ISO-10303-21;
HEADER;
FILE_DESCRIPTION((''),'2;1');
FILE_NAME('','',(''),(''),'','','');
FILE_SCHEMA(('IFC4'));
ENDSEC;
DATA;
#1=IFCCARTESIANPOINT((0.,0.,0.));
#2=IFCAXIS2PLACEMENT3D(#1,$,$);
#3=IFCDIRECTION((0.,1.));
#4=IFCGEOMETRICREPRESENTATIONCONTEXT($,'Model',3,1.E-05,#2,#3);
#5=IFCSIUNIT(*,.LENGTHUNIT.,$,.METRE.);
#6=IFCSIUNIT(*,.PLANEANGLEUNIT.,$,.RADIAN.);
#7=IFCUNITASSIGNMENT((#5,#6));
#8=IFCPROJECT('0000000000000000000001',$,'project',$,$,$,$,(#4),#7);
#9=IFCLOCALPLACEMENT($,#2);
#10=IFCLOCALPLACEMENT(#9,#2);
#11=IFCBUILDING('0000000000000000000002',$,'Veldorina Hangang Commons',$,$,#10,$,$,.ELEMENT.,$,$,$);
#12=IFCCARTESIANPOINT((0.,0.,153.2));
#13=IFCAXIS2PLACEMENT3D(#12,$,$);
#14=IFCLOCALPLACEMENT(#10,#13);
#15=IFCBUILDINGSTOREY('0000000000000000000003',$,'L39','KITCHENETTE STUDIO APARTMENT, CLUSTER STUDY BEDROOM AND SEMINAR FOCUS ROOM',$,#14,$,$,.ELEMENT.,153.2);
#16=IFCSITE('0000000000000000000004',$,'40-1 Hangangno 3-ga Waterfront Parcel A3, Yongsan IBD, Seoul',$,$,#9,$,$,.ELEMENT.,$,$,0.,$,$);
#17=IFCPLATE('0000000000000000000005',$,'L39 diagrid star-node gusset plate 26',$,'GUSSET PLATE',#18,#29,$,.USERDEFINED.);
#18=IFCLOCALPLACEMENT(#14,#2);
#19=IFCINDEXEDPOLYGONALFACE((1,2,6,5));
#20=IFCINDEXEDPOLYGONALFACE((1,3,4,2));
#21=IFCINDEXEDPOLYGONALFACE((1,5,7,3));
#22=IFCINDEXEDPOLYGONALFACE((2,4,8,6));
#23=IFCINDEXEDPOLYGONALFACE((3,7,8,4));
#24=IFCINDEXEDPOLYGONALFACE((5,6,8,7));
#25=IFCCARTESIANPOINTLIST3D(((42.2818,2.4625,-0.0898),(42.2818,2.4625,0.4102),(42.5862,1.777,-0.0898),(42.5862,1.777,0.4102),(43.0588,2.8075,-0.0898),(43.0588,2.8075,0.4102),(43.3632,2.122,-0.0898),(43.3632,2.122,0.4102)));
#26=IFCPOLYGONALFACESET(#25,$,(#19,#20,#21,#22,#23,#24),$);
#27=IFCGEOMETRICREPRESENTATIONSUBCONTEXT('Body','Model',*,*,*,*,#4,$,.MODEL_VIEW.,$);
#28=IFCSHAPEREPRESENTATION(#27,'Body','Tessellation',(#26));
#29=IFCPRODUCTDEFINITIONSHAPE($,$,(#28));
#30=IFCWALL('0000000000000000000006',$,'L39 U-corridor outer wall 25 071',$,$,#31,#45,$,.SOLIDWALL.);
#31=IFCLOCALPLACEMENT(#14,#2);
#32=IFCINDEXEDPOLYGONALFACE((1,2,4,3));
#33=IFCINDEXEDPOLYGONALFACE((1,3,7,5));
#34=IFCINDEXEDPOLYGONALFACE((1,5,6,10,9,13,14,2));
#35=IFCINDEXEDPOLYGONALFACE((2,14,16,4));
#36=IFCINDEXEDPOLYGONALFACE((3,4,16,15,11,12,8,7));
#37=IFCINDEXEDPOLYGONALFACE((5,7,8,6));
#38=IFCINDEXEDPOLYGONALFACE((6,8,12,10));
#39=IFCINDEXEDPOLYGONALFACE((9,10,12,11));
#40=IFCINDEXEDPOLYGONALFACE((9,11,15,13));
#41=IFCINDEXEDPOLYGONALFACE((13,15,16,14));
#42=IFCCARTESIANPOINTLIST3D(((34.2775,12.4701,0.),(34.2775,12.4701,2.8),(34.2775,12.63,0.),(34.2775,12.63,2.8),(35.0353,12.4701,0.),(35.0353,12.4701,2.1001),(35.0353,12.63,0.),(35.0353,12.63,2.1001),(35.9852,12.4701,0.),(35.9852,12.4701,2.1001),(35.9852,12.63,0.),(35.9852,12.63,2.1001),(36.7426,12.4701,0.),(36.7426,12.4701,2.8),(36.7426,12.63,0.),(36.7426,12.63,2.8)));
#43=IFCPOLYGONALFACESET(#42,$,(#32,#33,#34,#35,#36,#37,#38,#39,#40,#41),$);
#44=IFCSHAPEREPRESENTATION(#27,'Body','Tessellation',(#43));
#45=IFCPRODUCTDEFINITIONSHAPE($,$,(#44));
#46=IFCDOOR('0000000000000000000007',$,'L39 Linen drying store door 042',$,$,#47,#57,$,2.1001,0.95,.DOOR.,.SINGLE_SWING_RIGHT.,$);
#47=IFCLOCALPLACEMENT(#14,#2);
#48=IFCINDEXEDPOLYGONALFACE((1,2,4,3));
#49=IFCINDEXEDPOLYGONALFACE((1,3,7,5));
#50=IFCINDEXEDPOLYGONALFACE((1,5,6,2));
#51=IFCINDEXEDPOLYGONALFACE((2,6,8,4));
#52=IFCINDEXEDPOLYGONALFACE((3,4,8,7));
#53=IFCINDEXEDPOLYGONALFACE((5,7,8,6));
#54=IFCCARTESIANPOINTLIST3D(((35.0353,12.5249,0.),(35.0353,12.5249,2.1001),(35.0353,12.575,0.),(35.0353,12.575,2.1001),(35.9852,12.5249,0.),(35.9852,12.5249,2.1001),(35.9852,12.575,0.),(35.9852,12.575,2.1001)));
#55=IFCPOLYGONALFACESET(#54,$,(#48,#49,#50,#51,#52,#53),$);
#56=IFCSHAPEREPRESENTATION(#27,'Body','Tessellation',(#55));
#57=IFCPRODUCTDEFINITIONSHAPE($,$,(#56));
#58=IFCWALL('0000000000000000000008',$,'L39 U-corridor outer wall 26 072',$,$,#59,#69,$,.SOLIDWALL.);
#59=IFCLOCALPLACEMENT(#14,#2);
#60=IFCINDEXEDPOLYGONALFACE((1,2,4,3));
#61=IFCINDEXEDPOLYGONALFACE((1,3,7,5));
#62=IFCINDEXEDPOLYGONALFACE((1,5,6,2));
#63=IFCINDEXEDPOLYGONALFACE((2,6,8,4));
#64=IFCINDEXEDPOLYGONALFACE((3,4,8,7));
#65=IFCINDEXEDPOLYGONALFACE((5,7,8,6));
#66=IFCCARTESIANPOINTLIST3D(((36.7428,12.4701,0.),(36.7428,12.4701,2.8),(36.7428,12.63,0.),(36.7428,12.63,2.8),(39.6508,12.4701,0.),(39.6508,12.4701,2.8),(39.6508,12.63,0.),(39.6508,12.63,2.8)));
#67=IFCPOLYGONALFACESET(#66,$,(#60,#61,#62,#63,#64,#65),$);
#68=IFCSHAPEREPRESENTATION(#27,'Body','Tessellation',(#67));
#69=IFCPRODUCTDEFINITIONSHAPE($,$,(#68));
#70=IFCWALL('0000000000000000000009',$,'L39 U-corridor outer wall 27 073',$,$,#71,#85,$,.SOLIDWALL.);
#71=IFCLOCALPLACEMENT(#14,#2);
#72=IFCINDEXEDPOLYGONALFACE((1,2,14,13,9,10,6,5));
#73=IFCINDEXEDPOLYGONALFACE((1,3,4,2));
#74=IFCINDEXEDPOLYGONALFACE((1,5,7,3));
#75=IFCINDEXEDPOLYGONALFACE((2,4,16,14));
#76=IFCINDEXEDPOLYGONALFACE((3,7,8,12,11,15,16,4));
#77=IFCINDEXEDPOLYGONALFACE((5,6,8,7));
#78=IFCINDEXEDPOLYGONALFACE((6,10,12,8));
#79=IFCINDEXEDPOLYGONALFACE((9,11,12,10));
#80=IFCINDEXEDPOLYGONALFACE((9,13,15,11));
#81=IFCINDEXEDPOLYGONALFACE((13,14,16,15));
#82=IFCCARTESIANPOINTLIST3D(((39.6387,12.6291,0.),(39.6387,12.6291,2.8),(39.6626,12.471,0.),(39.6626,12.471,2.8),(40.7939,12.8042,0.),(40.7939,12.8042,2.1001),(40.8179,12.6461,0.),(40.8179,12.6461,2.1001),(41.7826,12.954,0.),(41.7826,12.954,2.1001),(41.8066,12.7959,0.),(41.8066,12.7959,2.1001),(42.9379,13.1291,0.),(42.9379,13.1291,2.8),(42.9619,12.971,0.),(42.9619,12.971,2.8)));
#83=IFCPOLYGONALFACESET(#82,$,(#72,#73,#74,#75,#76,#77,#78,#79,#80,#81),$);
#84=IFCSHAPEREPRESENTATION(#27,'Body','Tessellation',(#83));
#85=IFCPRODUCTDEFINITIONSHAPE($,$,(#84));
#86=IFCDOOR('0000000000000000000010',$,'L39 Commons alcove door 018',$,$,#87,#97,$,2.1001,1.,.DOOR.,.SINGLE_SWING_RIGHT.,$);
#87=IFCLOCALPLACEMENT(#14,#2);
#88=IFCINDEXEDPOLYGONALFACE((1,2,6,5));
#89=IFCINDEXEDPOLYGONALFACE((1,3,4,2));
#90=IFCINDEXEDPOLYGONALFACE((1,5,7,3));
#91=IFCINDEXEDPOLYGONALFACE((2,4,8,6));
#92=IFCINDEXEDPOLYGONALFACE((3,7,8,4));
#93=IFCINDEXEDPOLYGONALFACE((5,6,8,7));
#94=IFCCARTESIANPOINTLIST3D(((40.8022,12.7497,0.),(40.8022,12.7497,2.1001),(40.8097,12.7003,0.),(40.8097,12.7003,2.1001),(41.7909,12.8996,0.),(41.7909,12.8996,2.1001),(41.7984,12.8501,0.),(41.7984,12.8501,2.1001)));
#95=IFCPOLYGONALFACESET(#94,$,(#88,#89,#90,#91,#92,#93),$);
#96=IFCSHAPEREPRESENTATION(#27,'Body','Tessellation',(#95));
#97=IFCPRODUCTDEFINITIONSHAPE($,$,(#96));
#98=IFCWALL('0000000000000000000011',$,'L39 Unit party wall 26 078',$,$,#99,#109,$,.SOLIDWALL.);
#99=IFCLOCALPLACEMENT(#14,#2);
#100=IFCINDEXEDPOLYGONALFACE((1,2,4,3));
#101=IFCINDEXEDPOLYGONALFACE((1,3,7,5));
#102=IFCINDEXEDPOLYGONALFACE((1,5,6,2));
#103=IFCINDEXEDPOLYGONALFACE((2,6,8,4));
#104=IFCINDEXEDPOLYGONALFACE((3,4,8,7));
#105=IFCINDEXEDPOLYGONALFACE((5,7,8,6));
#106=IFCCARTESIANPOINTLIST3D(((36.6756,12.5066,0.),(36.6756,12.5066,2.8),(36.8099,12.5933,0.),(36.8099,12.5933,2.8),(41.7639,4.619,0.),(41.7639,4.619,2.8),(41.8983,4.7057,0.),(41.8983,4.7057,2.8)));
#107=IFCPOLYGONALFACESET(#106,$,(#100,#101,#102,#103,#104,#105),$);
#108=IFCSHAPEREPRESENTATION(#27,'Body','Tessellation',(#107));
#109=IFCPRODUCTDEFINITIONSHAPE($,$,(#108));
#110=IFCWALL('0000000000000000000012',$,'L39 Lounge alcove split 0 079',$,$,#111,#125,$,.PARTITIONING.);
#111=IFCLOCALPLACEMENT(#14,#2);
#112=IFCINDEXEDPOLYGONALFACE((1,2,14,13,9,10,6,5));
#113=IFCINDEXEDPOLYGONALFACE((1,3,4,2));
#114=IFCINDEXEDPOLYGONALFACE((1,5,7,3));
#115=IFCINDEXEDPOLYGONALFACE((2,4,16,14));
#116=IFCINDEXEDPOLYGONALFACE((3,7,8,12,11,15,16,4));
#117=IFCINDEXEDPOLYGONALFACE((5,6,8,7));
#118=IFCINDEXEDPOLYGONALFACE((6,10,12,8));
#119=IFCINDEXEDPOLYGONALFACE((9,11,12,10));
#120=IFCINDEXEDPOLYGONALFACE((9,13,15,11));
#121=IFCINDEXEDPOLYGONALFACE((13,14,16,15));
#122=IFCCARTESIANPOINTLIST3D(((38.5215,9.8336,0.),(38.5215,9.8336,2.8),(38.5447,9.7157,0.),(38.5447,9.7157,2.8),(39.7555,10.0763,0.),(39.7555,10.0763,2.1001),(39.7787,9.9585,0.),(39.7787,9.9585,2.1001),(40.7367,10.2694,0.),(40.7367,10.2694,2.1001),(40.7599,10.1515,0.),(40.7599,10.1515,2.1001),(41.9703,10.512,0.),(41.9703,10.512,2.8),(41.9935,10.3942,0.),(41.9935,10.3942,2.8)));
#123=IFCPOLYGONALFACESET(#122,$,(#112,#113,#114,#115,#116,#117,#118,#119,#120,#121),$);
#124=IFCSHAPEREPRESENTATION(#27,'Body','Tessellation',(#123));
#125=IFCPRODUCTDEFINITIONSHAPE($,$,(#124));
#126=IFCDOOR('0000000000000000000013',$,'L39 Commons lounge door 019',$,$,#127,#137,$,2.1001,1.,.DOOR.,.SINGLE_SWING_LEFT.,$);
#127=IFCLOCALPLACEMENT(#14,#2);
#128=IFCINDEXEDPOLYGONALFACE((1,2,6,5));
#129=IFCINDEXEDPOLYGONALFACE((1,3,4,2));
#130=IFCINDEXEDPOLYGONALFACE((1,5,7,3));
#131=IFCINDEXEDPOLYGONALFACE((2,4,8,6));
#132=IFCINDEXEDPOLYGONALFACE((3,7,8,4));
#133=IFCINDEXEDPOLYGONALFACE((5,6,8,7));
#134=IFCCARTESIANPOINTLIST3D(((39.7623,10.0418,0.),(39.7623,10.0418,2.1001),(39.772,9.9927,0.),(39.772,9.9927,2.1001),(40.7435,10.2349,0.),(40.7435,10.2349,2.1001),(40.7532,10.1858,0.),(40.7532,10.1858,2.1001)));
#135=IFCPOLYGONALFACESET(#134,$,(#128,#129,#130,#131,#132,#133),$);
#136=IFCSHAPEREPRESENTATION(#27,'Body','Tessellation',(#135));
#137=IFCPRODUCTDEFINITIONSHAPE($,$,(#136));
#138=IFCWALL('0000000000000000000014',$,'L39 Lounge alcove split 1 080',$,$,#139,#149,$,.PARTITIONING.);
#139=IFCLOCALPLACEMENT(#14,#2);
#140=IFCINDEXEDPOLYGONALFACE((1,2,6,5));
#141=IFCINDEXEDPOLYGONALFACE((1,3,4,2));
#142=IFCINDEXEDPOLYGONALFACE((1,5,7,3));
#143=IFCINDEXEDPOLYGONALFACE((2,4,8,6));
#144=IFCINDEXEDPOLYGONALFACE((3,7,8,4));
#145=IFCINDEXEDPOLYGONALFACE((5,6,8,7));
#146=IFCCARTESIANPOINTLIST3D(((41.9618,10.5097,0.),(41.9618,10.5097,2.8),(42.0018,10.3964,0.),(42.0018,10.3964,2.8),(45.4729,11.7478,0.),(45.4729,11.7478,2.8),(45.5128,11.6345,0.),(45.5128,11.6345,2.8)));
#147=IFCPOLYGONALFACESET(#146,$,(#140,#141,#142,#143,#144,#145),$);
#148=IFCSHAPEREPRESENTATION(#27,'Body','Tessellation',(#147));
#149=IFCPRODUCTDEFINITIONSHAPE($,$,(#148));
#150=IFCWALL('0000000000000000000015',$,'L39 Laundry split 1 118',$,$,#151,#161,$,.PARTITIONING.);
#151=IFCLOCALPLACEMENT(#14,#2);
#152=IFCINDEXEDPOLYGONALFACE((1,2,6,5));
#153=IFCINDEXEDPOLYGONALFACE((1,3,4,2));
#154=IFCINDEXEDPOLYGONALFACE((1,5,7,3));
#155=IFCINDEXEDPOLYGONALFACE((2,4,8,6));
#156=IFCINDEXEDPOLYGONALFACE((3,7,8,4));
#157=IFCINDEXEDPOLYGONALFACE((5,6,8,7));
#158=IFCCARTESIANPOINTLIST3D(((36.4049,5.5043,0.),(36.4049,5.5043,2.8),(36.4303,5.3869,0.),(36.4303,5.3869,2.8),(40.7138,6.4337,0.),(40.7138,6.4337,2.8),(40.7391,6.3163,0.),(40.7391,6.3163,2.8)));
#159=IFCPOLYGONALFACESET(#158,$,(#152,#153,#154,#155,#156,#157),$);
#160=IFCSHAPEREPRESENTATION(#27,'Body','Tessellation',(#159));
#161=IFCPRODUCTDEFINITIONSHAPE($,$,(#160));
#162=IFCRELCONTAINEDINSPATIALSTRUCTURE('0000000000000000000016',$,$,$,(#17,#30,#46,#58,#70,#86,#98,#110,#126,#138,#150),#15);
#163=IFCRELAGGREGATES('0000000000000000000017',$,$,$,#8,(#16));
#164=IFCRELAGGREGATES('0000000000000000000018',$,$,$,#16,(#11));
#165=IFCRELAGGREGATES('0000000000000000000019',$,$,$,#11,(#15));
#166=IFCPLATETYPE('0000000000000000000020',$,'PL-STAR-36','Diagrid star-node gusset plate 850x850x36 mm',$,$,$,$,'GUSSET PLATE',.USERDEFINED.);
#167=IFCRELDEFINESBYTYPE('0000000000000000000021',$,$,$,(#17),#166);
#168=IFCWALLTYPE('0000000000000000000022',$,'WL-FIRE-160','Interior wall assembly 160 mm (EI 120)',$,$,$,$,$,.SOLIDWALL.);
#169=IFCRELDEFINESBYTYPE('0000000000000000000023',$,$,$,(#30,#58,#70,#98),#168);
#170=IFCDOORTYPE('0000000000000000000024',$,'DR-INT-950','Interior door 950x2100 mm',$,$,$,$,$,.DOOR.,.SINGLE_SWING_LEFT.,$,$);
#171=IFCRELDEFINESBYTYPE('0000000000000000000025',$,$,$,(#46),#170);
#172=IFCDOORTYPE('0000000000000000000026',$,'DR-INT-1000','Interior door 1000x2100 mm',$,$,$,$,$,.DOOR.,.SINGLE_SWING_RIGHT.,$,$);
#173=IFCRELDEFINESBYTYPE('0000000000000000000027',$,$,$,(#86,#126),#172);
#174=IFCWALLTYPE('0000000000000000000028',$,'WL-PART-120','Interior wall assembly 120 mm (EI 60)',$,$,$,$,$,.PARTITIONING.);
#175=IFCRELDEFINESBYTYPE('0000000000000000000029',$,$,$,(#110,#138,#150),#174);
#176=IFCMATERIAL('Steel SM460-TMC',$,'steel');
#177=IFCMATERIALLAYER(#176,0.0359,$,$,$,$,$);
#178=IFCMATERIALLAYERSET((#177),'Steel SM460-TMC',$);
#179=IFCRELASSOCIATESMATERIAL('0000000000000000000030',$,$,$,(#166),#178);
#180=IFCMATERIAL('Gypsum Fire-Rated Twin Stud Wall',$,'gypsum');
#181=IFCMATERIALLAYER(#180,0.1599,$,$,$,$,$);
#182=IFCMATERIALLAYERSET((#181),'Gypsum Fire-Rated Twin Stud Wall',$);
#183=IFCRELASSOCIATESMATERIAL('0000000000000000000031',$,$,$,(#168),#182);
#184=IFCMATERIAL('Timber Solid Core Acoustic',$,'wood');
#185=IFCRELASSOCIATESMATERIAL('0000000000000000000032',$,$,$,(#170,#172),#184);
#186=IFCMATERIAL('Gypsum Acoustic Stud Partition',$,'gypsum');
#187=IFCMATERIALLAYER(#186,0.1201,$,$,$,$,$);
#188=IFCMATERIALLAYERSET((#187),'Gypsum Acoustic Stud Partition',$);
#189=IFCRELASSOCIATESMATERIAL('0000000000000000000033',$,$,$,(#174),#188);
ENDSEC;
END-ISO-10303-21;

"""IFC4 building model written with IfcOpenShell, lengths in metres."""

from ifc_helpers import new_model, si_unit, direction, frame, frame_2d, origin, origin_2d, place, context, subcontext, project, spatial, rectangle, extrude, material, layer, layer_set, type_object, element, fill, save


model = new_model("IFC4")

# Units and contexts
model_context = context("Model", 3, precision=1e-05, world=origin(), true_north=direction((0.0, 1.0)))
body_context = subcontext(model_context, "Body", "Model", "MODEL_VIEW")
ifc_project = project(units=[si_unit("LENGTHUNIT", "METRE"), si_unit("PLANEANGLEUNIT", "RADIAN")], contexts=[model_context])

# Site, building, storey
site_placement = place(None, origin())
site = spatial("IfcSite", under=ifc_project, at=site_placement, Name="40-1 Hangangno 3-ga Waterfront Parcel A3, Yongsan IBD, Seoul", CompositionType="ELEMENT", RefElevation=0.0)
building_placement = place(site_placement, origin())
building = spatial("IfcBuilding", under=site, at=building_placement, Name="Veldorina Hangang Commons", CompositionType="ELEMENT")
storey_placement = place(building_placement, frame((0.0, 0.0, 153.2)))
storey = spatial("IfcBuildingStorey", under=building, at=storey_placement, Name="L39", Description="KITCHENETTE STUDIO APARTMENT, CLUSTER STUDY BEDROOM AND SEMINAR FOCUS ROOM", CompositionType="ELEMENT", Elevation=153.2)

# Plate
ifc_material_1 = material(Name="Steel SM460-TMC", Category="steel")
ifc_layer_1 = layer(ifc_material_1, 0.0359)
ifc_layer_set_1 = layer_set([ifc_layer_1], Name="Steel SM460-TMC")
plate_type_1 = type_object("IfcPlateType", Name="PL-STAR-36", Description="Diagrid star-node gusset plate 850x850x36 mm", ElementType="GUSSET PLATE", PredefinedType="USERDEFINED", material=ifc_layer_set_1)
plate_1_placement = place(storey_placement, frame((42.8225, 2.2922, -0.0898), z_axis=(0.0, 0.0, 1.0), x_axis=(0.913935, 0.40586, 0.0)))
element("IfcPlate", 1, at=plate_1_placement, inside=storey, type_object=plate_type_1, Name="L39 diagrid star-node gusset plate 26", ObjectType="GUSSET PLATE", PredefinedType="USERDEFINED", context=body_context, shape_type="SweptSolid", body=[
    extrude(rectangle(XDim=0.8501, YDim=0.75, at=origin_2d()), origin(), (0.0, 0.0, 1.0), 0.5),
])

# Wall, opening, door
ifc_material_2 = material(Name="Gypsum Fire-Rated Twin Stud Wall", Category="gypsum")
ifc_layer_2 = layer(ifc_material_2, 0.1599)
ifc_layer_set_2 = layer_set([ifc_layer_2], Name="Gypsum Fire-Rated Twin Stud Wall")
wall_type_1 = type_object("IfcWallType", Name="WL-FIRE-160", Description="Interior wall assembly 160 mm (EI 120)", PredefinedType="SOLIDWALL", material=ifc_layer_set_2)
wall_1_placement = place(storey_placement, frame((34.2776, 12.55, 0.0), z_axis=(0.0, 0.0, 1.0), x_axis=(1.0, 0.0, 0.0)))
wall_1 = element("IfcWall", 2, at=wall_1_placement, inside=storey, type_object=wall_type_1, Name="L39 U-corridor outer wall 25 071", PredefinedType="SOLIDWALL", context=body_context, shape_type="SweptSolid", body=[
    extrude(rectangle(XDim=2.4651, YDim=0.1599, at=frame_2d((1.2324, 0.0))), origin(), (0.0, 0.0, 1.0), 2.8),
])
opening_1_placement = place(wall_1_placement, frame((0.7576, 0.0, 0.0)))
opening_1 = element("IfcOpeningElement", 3, at=opening_1_placement, cuts=wall_1, PredefinedType="OPENING", context=body_context, shape_type="SweptSolid", body=[
    extrude(rectangle(XDim=0.95, YDim=2.1001, at=frame_2d((0.4751, 1.05))), frame((0.0, 0.0898, 0.0), z_axis=(0.0, -1.0, 0.0), x_axis=(1.0, 0.0, 0.0)), (0.0, 0.0, 1.0), 0.1799),
])
ifc_material_3 = material(Name="Timber Solid Core Acoustic", Category="wood")
door_type_1 = type_object("IfcDoorType", Name="DR-INT-950", Description="Interior door 950x2100 mm", OperationType="SINGLE_SWING_LEFT", PredefinedType="DOOR", material=ifc_material_3)
door_1_placement = place(opening_1_placement, origin())
door_1 = element("IfcDoor", 4, at=door_1_placement, inside=storey, type_object=door_type_1, Name="L39 Linen drying store door 042", OperationType="SINGLE_SWING_RIGHT", OverallHeight=2.1001, OverallWidth=0.95, PredefinedType="DOOR", context=body_context, shape_type="SweptSolid", body=[
    extrude(rectangle(XDim=0.95, YDim=2.1001, at=frame_2d((0.4751, 1.05))), frame((0.0, 0.0249, 0.0), z_axis=(0.0, -1.0, 0.0), x_axis=(1.0, 0.0, 0.0)), (0.0, 0.0, 1.0), 0.05),
])
fill(opening_1, door_1)

# Wall
wall_2_placement = place(storey_placement, frame((36.7427, 12.55, 0.0), z_axis=(0.0, 0.0, 1.0), x_axis=(1.0, 0.0, 0.0)))
element("IfcWall", 5, at=wall_2_placement, inside=storey, type_object=wall_type_1, Name="L39 U-corridor outer wall 26 072", PredefinedType="SOLIDWALL", context=body_context, shape_type="SweptSolid", body=[
    extrude(rectangle(XDim=2.908, YDim=0.1599, at=frame_2d((1.4541, 0.0))), origin(), (0.0, 0.0, 1.0), 2.8),
])

# Wall, opening, door
wall_3_placement = place(storey_placement, frame((39.6506, 12.55, 0.0), z_axis=(0.0, 0.0, 1.0), x_axis=(0.988711, 0.149836, 0.0)))
wall_3 = element("IfcWall", 6, at=wall_3_placement, inside=storey, type_object=wall_type_1, Name="L39 U-corridor outer wall 27 073", PredefinedType="SOLIDWALL", context=body_context, shape_type="SweptSolid", body=[
    extrude(rectangle(XDim=3.3369, YDim=0.1599, at=frame_2d((1.6685, 0.0))), origin(), (0.0, 0.0, 1.0), 2.8),
])
opening_2_placement = place(wall_3_placement, frame((1.1685, 0.0, 0.0)))
opening_2 = element("IfcOpeningElement", 7, at=opening_2_placement, cuts=wall_3, PredefinedType="OPENING", context=body_context, shape_type="SweptSolid", body=[
    extrude(rectangle(XDim=1.0, YDim=2.1001, at=frame_2d((0.5, 1.05))), frame((0.0, 0.0898, 0.0), z_axis=(0.0, -1.0, 0.0), x_axis=(1.0, 0.0, 0.0)), (0.0, 0.0, 1.0), 0.1799),
])
door_type_2 = type_object("IfcDoorType", Name="DR-INT-1000", Description="Interior door 1000x2100 mm", OperationType="SINGLE_SWING_RIGHT", PredefinedType="DOOR", material=ifc_material_3)
door_2_placement = place(opening_2_placement, origin())
door_2 = element("IfcDoor", 8, at=door_2_placement, inside=storey, type_object=door_type_2, Name="L39 Commons alcove door 018", OperationType="SINGLE_SWING_RIGHT", OverallHeight=2.1001, OverallWidth=1.0, PredefinedType="DOOR", context=body_context, shape_type="SweptSolid", body=[
    extrude(rectangle(XDim=1.0, YDim=2.1001, at=frame_2d((0.5, 1.05))), frame((0.0, 0.0249, 0.0), z_axis=(0.0, -1.0, 0.0), x_axis=(1.0, 0.0, 0.0)), (0.0, 0.0, 1.0), 0.05),
])
fill(opening_2, door_2)

# Wall
wall_4_placement = place(storey_placement, frame((36.7427, 12.55, 0.0), z_axis=(0.0, 0.0, 1.0), x_axis=(0.542093, -0.840319, 0.0)))
element("IfcWall", 9, at=wall_4_placement, inside=storey, type_object=wall_type_1, Name="L39 Unit party wall 26 078", PredefinedType="SOLIDWALL", context=body_context, shape_type="SweptSolid", body=[
    extrude(rectangle(XDim=9.3865, YDim=0.1599, at=frame_2d((4.6934, 0.0))), origin(), (0.0, 0.0, 1.0), 2.8),
])

# Wall, opening, door
ifc_material_4 = material(Name="Gypsum Acoustic Stud Partition", Category="gypsum")
ifc_layer_3 = layer(ifc_material_4, 0.1201)
ifc_layer_set_3 = layer_set([ifc_layer_3], Name="Gypsum Acoustic Stud Partition")
wall_type_2 = type_object("IfcWallType", Name="WL-PART-120", Description="Interior wall assembly 120 mm (EI 60)", PredefinedType="PARTITIONING", material=ifc_layer_set_3)
wall_5_placement = place(storey_placement, frame((38.5332, 9.7747, 0.0), z_axis=(0.0, 0.0, 1.0), x_axis=(0.981193, 0.19303, 0.0)))
wall_5 = element("IfcWall", 10, at=wall_5_placement, inside=storey, type_object=wall_type_2, Name="L39 Lounge alcove split 0 079", PredefinedType="PARTITIONING", context=body_context, shape_type="SweptSolid", body=[
    extrude(rectangle(XDim=3.5149, YDim=0.1201, at=frame_2d((1.7573, 0.0))), origin(), (0.0, 0.0, 1.0), 2.8),
])
opening_3_placement = place(wall_5_placement, frame((1.2576, 0.0, 0.0)))
opening_3 = element("IfcOpeningElement", 11, at=opening_3_placement, cuts=wall_5, PredefinedType="OPENING", context=body_context, shape_type="SweptSolid", body=[
    extrude(rectangle(XDim=1.0, YDim=2.1001, at=frame_2d((0.5, 1.05))), frame((0.0, 0.0701, 0.0), z_axis=(0.0, -1.0, 0.0), x_axis=(1.0, 0.0, 0.0)), (0.0, 0.0, 1.0), 0.1401),
])
door_3_placement = place(opening_3_placement, origin())
door_3 = element("IfcDoor", 12, at=door_3_placement, inside=storey, type_object=door_type_2, Name="L39 Commons lounge door 019", OperationType="SINGLE_SWING_LEFT", OverallHeight=2.1001, OverallWidth=1.0, PredefinedType="DOOR", context=body_context, shape_type="SweptSolid", body=[
    extrude(rectangle(XDim=1.0, YDim=2.1001, at=frame_2d((0.5, 1.05))), frame((0.0, 0.0249, 0.0), z_axis=(0.0, -1.0, 0.0), x_axis=(1.0, 0.0, 0.0)), (0.0, 0.0, 1.0), 0.05),
])
fill(opening_3, door_3)

# Walls
wall_6_placement = place(storey_placement, frame((41.9819, 10.4531, 0.0), z_axis=(0.0, 0.0, 1.0), x_axis=(0.943086, 0.332549, 0.0)))
element("IfcWall", 13, at=wall_6_placement, inside=storey, type_object=wall_type_2, Name="L39 Lounge alcove split 1 080", PredefinedType="PARTITIONING", context=body_context, shape_type="SweptSolid", body=[
    extrude(rectangle(XDim=3.7229, YDim=0.1201, at=frame_2d((1.8613, 0.0))), origin(), (0.0, 0.0, 1.0), 2.8),
])
wall_7_placement = place(storey_placement, frame((36.4175, 5.4456, 0.0), z_axis=(0.0, 0.0, 1.0), x_axis=(0.977517, 0.210857, 0.0)))
element("IfcWall", 14, at=wall_7_placement, inside=storey, type_object=wall_type_2, Name="L39 Laundry split 1 118", PredefinedType="PARTITIONING", context=body_context, shape_type="SweptSolid", body=[
    extrude(rectangle(XDim=4.408, YDim=0.1201, at=frame_2d((2.2041, 0.0))), origin(), (0.0, 0.0, 1.0), 2.8),
])

save(model, "model.ifc")
